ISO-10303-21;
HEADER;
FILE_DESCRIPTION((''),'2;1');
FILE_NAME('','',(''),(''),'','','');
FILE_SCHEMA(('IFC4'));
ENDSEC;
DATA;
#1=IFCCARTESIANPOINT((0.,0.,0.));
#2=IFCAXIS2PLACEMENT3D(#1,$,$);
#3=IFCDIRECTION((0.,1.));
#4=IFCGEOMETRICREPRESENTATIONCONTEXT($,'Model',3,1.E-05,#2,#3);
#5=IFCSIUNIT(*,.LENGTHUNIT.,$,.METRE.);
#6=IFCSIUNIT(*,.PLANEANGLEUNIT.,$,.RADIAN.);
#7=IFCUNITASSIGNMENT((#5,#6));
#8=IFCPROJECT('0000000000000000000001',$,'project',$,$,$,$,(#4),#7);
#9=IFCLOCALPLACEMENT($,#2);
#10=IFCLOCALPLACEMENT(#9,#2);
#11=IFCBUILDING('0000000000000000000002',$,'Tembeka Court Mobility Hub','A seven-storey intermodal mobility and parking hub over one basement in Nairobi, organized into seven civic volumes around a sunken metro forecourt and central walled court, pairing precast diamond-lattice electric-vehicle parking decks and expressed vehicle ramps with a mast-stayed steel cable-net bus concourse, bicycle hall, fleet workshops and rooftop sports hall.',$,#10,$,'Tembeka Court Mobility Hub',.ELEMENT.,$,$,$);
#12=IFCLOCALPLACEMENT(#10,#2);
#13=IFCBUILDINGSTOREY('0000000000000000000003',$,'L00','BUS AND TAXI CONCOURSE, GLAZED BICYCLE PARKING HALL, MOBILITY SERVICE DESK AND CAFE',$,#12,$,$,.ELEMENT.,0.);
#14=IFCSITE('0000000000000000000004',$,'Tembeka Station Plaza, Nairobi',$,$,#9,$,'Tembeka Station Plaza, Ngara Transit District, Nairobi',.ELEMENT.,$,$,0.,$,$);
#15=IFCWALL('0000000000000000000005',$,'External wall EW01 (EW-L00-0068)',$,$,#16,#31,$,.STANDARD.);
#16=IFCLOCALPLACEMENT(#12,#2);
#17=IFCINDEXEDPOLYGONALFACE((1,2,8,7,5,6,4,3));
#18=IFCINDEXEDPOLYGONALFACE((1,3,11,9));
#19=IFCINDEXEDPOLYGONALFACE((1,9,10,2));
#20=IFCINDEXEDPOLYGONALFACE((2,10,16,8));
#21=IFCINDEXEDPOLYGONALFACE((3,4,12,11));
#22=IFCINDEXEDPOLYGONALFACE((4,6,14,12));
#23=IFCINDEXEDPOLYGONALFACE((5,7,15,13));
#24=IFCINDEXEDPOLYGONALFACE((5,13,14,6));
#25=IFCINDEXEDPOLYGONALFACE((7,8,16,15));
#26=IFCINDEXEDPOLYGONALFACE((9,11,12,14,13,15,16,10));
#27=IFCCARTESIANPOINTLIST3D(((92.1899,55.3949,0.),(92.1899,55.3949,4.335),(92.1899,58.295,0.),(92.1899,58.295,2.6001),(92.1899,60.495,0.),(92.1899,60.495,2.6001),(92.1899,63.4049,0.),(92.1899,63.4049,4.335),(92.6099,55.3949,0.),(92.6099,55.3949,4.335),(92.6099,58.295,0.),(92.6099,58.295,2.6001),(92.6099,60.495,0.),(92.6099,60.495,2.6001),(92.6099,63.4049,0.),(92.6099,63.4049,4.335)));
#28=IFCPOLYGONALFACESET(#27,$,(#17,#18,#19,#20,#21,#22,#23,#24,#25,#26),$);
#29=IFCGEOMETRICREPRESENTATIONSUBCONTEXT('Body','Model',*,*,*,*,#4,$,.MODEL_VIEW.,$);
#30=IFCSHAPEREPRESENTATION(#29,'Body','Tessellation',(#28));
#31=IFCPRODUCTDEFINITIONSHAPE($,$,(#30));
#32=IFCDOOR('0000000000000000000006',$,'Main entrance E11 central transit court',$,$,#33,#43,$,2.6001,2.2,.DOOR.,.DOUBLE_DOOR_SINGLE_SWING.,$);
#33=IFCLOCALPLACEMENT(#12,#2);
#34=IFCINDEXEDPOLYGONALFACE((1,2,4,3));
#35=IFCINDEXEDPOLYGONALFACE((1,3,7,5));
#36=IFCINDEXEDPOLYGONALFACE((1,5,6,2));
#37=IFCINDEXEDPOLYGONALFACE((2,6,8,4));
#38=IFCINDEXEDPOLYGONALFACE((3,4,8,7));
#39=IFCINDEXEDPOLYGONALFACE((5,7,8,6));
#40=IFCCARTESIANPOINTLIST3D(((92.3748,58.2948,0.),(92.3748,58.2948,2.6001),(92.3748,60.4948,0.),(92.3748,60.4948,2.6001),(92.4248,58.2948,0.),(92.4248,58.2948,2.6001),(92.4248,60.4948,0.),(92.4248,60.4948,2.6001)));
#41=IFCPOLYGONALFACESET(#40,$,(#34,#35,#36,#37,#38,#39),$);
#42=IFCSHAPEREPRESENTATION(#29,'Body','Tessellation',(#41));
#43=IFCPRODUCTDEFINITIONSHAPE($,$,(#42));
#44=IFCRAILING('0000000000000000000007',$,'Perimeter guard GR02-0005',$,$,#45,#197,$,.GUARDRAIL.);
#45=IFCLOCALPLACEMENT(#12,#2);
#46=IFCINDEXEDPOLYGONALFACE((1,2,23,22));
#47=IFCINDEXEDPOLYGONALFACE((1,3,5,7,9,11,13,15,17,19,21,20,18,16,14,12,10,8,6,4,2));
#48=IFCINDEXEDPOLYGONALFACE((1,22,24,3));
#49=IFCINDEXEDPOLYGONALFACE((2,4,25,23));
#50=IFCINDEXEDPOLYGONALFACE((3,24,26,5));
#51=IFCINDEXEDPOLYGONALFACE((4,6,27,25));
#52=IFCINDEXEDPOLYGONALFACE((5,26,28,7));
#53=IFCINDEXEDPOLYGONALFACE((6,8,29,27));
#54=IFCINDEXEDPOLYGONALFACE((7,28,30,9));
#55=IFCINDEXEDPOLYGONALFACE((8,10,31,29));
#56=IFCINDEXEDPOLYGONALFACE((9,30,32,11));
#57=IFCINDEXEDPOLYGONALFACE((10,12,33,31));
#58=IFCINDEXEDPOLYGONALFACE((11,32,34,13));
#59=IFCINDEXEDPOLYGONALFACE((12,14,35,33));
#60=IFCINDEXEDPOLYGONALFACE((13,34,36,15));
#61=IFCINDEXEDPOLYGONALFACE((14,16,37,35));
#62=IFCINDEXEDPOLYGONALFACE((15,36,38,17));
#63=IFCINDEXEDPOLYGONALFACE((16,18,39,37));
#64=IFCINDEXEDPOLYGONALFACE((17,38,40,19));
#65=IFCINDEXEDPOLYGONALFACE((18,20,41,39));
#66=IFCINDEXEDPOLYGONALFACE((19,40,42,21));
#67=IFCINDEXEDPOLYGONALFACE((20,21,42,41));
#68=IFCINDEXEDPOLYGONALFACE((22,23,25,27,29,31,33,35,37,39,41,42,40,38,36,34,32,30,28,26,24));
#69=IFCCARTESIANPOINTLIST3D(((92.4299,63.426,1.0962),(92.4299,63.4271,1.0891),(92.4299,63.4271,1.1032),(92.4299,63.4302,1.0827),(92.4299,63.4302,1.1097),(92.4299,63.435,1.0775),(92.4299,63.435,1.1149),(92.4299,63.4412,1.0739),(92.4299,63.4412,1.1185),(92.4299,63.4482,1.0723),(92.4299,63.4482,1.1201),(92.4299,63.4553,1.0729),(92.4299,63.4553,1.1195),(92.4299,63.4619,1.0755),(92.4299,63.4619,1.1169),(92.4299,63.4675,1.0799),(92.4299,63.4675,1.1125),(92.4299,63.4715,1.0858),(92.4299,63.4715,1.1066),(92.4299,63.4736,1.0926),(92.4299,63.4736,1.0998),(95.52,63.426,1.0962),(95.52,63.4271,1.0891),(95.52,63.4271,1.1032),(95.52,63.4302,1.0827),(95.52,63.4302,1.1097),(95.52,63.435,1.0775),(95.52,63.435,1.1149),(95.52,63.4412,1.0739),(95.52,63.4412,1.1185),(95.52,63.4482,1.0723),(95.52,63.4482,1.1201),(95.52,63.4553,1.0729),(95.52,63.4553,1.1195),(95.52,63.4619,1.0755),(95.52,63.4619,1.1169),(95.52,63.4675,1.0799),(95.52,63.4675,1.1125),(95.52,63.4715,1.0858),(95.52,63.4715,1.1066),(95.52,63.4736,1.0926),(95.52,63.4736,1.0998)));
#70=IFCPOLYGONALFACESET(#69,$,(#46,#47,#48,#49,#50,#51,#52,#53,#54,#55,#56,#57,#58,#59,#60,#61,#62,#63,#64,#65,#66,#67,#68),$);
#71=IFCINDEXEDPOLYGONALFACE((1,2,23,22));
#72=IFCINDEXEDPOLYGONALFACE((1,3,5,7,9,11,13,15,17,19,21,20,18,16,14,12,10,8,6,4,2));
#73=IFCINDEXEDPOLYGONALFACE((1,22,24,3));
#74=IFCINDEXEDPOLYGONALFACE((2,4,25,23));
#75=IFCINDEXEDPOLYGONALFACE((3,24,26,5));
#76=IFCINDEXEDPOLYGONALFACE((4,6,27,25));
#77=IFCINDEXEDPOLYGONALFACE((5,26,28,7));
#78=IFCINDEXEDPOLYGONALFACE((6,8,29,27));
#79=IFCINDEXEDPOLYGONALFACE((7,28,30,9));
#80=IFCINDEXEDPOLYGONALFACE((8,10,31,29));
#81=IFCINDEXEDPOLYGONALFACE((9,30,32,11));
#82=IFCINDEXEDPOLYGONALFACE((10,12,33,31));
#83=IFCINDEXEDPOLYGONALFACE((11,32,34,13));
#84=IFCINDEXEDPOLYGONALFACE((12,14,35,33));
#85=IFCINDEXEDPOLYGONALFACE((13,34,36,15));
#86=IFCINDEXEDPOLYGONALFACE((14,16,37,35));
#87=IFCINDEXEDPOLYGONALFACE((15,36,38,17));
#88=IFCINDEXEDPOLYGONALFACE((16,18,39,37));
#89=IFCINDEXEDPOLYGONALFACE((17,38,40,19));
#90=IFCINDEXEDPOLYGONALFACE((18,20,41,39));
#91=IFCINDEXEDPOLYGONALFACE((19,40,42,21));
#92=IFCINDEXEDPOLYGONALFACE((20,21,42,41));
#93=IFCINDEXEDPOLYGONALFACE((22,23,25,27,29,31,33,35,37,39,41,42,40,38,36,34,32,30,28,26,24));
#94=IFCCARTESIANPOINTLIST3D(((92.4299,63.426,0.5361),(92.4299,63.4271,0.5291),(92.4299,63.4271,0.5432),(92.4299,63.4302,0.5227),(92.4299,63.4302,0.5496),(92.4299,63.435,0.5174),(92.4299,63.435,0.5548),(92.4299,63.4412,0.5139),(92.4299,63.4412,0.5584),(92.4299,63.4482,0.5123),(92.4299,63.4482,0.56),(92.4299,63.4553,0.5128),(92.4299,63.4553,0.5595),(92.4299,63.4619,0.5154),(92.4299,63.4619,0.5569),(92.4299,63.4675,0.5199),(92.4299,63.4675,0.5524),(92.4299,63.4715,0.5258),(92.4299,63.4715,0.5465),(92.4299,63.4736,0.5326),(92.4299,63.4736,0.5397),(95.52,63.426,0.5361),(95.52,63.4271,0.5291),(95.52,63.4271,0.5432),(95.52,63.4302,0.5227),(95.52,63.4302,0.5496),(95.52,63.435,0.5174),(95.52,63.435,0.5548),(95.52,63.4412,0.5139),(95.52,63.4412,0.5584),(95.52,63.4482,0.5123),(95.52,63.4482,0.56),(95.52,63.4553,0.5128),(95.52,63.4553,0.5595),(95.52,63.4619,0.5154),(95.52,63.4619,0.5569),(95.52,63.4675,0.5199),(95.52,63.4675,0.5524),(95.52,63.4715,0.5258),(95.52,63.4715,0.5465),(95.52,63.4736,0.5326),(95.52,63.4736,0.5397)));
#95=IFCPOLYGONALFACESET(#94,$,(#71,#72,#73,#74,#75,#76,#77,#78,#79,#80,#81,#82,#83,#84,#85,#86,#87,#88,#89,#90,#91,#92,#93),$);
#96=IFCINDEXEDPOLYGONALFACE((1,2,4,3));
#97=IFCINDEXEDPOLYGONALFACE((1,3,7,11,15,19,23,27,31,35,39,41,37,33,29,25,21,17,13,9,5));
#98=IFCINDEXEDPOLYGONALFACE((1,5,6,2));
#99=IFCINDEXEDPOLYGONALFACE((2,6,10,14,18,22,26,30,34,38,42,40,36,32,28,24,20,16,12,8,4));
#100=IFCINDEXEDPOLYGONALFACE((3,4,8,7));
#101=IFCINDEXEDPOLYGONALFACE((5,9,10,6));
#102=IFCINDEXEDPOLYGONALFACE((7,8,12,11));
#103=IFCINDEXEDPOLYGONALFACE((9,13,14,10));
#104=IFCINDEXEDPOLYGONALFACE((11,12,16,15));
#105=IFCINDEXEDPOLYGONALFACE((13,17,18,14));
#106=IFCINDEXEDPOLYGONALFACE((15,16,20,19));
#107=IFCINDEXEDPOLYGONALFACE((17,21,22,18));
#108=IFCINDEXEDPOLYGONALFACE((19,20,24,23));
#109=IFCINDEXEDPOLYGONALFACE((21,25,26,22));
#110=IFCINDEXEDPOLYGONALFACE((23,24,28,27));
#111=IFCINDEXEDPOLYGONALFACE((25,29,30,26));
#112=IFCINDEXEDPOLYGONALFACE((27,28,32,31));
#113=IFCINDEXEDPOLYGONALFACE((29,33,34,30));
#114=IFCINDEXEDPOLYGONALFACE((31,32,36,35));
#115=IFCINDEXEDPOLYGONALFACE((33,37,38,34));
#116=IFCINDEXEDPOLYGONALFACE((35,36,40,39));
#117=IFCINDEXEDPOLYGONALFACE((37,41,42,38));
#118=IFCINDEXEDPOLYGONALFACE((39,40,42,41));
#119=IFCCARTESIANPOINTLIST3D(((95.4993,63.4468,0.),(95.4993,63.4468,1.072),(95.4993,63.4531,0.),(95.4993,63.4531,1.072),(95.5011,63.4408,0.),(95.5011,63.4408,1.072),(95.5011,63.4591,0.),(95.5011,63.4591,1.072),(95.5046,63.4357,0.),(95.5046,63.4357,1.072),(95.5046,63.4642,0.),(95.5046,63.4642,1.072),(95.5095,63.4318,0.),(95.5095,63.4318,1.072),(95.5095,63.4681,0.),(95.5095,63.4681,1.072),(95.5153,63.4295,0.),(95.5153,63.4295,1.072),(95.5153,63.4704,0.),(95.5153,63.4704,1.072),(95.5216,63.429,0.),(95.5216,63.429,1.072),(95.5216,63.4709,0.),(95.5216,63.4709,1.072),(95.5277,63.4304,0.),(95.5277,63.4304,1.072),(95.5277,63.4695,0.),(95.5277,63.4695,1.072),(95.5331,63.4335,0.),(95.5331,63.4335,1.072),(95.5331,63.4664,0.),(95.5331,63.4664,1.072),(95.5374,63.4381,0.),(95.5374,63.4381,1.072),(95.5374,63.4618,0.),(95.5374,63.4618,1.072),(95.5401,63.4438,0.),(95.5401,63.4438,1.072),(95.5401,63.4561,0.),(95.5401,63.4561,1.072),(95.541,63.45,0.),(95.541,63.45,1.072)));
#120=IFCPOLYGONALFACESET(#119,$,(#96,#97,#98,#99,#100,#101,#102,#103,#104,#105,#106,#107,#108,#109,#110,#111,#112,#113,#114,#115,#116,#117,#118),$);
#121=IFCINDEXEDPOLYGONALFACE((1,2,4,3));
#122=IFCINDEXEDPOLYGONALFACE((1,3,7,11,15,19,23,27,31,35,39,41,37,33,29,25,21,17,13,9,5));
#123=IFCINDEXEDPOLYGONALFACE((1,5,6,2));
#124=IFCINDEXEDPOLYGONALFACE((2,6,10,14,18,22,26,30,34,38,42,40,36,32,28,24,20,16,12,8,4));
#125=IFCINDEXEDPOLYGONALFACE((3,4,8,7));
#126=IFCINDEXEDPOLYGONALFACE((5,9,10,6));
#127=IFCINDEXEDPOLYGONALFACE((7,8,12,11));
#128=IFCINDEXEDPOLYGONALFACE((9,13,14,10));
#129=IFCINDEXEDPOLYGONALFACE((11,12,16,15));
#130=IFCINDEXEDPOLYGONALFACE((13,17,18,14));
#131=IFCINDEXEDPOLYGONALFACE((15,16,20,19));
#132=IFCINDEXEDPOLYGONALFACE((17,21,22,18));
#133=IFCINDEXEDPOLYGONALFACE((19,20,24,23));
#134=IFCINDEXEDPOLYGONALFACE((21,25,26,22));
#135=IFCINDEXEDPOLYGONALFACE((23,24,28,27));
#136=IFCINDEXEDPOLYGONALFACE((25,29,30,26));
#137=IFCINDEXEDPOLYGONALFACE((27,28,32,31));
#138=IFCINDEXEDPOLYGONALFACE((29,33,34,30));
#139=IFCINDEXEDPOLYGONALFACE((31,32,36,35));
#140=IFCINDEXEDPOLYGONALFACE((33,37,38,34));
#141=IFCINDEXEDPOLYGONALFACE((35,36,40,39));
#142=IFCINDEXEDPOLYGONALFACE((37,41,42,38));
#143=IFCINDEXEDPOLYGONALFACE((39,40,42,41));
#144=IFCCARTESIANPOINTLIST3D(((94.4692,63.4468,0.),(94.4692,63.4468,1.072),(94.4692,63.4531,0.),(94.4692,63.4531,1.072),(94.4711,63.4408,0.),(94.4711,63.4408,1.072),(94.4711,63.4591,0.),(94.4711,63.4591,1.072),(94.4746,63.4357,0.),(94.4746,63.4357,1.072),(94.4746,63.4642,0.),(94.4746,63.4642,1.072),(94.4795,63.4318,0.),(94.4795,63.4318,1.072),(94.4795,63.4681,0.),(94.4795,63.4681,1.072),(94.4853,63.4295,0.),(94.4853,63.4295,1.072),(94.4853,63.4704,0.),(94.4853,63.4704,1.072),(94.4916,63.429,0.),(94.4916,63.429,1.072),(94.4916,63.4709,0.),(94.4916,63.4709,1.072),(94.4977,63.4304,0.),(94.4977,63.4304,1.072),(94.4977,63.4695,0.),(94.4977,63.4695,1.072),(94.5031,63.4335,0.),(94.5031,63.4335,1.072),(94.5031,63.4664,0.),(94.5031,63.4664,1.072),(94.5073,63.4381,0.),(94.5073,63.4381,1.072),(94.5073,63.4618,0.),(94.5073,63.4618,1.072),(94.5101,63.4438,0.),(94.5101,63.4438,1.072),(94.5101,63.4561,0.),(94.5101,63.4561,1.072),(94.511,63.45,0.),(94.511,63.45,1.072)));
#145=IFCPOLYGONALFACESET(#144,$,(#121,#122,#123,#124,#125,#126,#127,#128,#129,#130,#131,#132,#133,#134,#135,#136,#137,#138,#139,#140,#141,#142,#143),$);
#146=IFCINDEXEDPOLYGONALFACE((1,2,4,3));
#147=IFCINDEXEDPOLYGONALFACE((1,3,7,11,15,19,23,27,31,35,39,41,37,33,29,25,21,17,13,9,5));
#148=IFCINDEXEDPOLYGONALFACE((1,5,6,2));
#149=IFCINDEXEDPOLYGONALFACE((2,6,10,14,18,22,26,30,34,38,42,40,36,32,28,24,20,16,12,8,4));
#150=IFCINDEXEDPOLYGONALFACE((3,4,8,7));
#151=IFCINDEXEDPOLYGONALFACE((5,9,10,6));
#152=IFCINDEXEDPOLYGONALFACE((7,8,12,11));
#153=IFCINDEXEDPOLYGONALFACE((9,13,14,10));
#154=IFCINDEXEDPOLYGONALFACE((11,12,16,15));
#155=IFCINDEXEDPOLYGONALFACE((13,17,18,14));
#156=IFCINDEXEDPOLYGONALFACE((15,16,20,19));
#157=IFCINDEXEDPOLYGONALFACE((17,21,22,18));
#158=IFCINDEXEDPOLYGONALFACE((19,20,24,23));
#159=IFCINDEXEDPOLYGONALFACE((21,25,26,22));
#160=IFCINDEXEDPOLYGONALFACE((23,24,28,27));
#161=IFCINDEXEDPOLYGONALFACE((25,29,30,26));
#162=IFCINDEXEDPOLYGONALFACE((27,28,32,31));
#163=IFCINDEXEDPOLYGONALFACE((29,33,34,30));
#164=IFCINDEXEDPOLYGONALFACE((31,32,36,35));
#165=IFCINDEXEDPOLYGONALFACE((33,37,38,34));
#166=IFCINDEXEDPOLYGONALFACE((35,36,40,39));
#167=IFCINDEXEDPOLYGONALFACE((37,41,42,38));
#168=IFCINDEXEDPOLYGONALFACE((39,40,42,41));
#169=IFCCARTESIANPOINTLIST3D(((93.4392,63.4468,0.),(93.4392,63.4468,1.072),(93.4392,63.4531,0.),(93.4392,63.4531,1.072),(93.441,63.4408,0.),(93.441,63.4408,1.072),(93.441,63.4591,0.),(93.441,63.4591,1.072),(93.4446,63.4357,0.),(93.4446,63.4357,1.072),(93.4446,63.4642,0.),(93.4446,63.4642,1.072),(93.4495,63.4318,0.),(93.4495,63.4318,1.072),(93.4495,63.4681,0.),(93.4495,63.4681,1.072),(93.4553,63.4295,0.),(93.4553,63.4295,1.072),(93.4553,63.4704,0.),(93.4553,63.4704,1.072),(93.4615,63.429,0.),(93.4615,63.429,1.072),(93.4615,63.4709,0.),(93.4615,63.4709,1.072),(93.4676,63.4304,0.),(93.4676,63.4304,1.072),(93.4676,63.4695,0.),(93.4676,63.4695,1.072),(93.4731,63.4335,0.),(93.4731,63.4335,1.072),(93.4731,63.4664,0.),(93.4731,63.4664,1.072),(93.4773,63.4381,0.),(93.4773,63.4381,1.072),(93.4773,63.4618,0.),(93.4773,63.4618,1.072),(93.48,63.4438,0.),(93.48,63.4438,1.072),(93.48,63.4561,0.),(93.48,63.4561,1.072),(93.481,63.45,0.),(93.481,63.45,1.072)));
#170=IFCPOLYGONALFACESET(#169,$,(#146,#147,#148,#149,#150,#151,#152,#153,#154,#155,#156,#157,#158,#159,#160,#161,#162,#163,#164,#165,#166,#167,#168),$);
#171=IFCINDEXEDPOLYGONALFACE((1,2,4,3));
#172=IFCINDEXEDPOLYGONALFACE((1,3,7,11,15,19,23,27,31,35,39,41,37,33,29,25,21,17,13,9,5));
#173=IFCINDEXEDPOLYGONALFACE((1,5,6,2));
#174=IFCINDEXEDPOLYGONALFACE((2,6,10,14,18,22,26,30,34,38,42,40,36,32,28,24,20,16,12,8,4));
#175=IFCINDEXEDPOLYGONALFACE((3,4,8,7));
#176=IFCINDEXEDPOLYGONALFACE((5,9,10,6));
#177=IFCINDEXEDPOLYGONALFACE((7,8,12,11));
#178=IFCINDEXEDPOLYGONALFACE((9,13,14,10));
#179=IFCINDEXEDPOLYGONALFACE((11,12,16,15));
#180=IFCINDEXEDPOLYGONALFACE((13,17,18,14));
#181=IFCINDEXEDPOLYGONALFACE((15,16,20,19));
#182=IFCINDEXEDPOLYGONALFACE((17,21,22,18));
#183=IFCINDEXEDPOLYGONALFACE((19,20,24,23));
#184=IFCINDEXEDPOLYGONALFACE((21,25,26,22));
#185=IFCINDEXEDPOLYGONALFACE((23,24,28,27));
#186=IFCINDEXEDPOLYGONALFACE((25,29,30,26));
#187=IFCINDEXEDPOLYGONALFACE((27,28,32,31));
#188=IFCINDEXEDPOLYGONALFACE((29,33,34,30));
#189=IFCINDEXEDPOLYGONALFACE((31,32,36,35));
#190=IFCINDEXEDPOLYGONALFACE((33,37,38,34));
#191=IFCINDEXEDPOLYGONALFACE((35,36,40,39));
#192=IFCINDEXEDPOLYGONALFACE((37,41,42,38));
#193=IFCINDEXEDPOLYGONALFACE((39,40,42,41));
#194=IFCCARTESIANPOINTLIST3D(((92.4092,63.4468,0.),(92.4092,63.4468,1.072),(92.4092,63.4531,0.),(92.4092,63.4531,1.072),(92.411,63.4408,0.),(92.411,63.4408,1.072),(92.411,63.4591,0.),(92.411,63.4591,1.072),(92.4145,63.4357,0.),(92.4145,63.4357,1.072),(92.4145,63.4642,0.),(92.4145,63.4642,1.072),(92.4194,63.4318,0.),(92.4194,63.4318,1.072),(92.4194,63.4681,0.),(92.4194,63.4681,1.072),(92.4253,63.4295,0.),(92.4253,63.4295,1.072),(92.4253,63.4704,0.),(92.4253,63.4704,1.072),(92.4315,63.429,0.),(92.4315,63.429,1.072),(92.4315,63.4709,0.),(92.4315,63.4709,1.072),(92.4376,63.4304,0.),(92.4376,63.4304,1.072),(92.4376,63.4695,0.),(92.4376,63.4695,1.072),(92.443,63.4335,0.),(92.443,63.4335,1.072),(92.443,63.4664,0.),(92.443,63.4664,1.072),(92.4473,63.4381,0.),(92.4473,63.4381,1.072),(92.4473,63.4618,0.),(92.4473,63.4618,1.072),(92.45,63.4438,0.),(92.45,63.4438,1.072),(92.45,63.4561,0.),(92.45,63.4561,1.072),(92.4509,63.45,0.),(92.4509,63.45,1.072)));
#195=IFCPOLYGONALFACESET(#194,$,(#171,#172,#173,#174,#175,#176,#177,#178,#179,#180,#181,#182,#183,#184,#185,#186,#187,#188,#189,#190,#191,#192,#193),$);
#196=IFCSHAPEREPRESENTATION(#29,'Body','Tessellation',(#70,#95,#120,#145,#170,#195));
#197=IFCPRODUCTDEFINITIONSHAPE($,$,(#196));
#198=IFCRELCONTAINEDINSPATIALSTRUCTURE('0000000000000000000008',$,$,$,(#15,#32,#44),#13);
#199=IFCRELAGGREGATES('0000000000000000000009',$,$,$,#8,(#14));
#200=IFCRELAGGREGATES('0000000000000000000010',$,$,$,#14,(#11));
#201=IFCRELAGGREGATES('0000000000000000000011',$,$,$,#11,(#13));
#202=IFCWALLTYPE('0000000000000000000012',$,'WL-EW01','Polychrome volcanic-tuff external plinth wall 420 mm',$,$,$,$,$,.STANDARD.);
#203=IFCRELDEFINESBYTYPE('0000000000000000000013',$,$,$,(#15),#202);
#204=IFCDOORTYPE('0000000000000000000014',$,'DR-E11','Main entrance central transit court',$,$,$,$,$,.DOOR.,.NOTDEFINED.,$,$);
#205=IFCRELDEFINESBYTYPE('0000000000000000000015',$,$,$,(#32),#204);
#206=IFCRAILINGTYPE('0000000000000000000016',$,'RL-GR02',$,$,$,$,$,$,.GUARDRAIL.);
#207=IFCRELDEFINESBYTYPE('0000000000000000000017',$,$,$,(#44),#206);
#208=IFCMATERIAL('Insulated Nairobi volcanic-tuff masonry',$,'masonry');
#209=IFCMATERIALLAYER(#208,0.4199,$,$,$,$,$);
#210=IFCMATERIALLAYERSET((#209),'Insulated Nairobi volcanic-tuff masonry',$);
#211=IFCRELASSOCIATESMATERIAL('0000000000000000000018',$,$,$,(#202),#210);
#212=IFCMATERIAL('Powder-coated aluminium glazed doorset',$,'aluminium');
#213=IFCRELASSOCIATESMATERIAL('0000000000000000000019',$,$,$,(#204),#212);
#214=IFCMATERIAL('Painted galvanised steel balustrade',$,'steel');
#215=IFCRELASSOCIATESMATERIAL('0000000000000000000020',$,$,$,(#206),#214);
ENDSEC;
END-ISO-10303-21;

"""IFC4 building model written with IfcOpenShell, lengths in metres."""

from ifc_helpers import new_model, si_unit, direction, frame, frame_2d, origin, origin_2d, place, context, subcontext, project, spatial, rectangle, circle, extrude, material, layer, layer_set, type_object, element, fill, save


model = new_model("IFC4")

# Units and contexts
model_context = context("Model", 3, precision=1e-05, world=origin(), true_north=direction((0.0, 1.0)))
body_context = subcontext(model_context, "Body", "Model", "MODEL_VIEW")
ifc_project = project(units=[si_unit("LENGTHUNIT", "METRE"), si_unit("PLANEANGLEUNIT", "RADIAN")], contexts=[model_context])

# Site, building, storey
site_placement = place(None, origin())
site = spatial("IfcSite", under=ifc_project, at=site_placement, Name="Tembeka Station Plaza, Nairobi", LongName="Tembeka Station Plaza, Ngara Transit District, Nairobi", CompositionType="ELEMENT", RefElevation=0.0)
building_placement = place(site_placement, origin())
building = spatial("IfcBuilding", under=site, at=building_placement, Name="Tembeka Court Mobility Hub", Description="A seven-storey intermodal mobility and parking hub over one basement in Nairobi, organized into seven civic volumes around a sunken metro forecourt and central walled court, pairing precast diamond-lattice electric-vehicle parking decks and expressed vehicle ramps with a mast-stayed steel cable-net bus concourse, bicycle hall, fleet workshops and rooftop sports hall.", LongName="Tembeka Court Mobility Hub", CompositionType="ELEMENT")
storey_placement = place(building_placement, origin())
storey = spatial("IfcBuildingStorey", under=building, at=storey_placement, Name="L00", Description="BUS AND TAXI CONCOURSE, GLAZED BICYCLE PARKING HALL, MOBILITY SERVICE DESK AND CAFE", CompositionType="ELEMENT", Elevation=0.0)

# Wall, opening, door
ifc_material_1 = material(Name="Insulated Nairobi volcanic-tuff masonry", Category="masonry")
ifc_layer_1 = layer(ifc_material_1, 0.4199)
ifc_layer_set_1 = layer_set([ifc_layer_1], Name="Insulated Nairobi volcanic-tuff masonry")
wall_type = type_object("IfcWallType", Name="WL-EW01", Description="Polychrome volcanic-tuff external plinth wall 420 mm", PredefinedType="STANDARD", material=ifc_layer_set_1)
wall_placement = place(storey_placement, frame((92.3999, 55.395, 0.0), z_axis=(0.0, 0.0, 1.0), x_axis=(0.0, 1.0, 0.0)))
wall = element("IfcWall", 1, at=wall_placement, inside=storey, type_object=wall_type, Name="External wall EW01 (EW-L00-0068)", PredefinedType="STANDARD", context=body_context, shape_type="SweptSolid", body=[
    extrude(rectangle(XDim=8.01, YDim=0.4199, at=frame_2d((4.0049, 0.0))), origin(), (0.0, 0.0, 1.0), 4.335),
])
opening_placement = place(wall_placement, frame((2.8999, 0.0, 0.0)))
opening = element("IfcOpeningElement", 2, at=opening_placement, cuts=wall, PredefinedType="OPENING", context=body_context, shape_type="SweptSolid", body=[
    extrude(rectangle(XDim=2.2, YDim=2.6001, at=frame_2d((1.1001, 1.3))), frame((0.0, 0.22, 0.0), z_axis=(0.0, -1.0, 0.0), x_axis=(1.0, 0.0, 0.0)), (0.0, 0.0, 1.0), 0.4399),
])
ifc_material_2 = material(Name="Powder-coated aluminium glazed doorset", Category="aluminium")
door_type = type_object("IfcDoorType", Name="DR-E11", Description="Main entrance central transit court", OperationType="NOTDEFINED", PredefinedType="DOOR", material=ifc_material_2)
door_placement = place(opening_placement, frame((2.2, 0.0, 0.0), z_axis=(0.0, 0.0, 1.0), x_axis=(-1.0, 0.0, 0.0)))
door = element("IfcDoor", 3, at=door_placement, inside=storey, type_object=door_type, Name="Main entrance E11 central transit court", OperationType="DOUBLE_DOOR_SINGLE_SWING", OverallHeight=2.6001, OverallWidth=2.2, PredefinedType="DOOR", context=body_context, shape_type="SweptSolid", body=[
    extrude(rectangle(XDim=2.2, YDim=2.6001, at=frame_2d((1.1001, 1.3))), frame((0.0, 0.0249, 0.0), z_axis=(0.0, -1.0, 0.0), x_axis=(1.0, 0.0, 0.0)), (0.0, 0.0, 1.0), 0.05),
])
fill(opening, door)

# Railing
ifc_material_3 = material(Name="Painted galvanised steel balustrade", Category="steel")
railing_type_1 = type_object("IfcRailingType", Name="RL-GR02", PredefinedType="GUARDRAIL", material=ifc_material_3)
railing_1_placement = place(storey_placement, frame((95.52, 63.45, 0.0)))
element("IfcRailing", 4, at=railing_1_placement, inside=storey, type_object=railing_type_1, Name="Perimeter guard GR02-0005", PredefinedType="GUARDRAIL", context=body_context, shape_type="SweptSolid", body=[
    extrude(circle(Radius=0.0239, at=origin_2d()), frame((0.0, 0.0, 1.0962), z_axis=(-1.0, 0.0, 0.0), x_axis=(0.0, -1.0, 0.0)), (0.0, 0.0, 1.0), 3.0901),
    extrude(circle(Radius=0.0239, at=origin_2d()), frame((0.0, 0.0, 0.5361), z_axis=(-1.0, 0.0, 0.0), x_axis=(0.0, -1.0, 0.0)), (0.0, 0.0, 1.0), 3.0901),
    extrude(circle(Radius=0.021, at=origin_2d()), origin(), (0.0, 0.0, 1.0), 1.072),
    extrude(circle(Radius=0.021, at=origin_2d()), frame((-1.03, 0.0, 0.0)), (0.0, 0.0, 1.0), 1.072),
    extrude(circle(Radius=0.021, at=origin_2d()), frame((-2.0601, 0.0, 0.0)), (0.0, 0.0, 1.0), 1.072),
    extrude(circle(Radius=0.021, at=origin_2d()), frame((-3.0901, 0.0, 0.0)), (0.0, 0.0, 1.0), 1.072),
])

save(model, "model.ifc")
